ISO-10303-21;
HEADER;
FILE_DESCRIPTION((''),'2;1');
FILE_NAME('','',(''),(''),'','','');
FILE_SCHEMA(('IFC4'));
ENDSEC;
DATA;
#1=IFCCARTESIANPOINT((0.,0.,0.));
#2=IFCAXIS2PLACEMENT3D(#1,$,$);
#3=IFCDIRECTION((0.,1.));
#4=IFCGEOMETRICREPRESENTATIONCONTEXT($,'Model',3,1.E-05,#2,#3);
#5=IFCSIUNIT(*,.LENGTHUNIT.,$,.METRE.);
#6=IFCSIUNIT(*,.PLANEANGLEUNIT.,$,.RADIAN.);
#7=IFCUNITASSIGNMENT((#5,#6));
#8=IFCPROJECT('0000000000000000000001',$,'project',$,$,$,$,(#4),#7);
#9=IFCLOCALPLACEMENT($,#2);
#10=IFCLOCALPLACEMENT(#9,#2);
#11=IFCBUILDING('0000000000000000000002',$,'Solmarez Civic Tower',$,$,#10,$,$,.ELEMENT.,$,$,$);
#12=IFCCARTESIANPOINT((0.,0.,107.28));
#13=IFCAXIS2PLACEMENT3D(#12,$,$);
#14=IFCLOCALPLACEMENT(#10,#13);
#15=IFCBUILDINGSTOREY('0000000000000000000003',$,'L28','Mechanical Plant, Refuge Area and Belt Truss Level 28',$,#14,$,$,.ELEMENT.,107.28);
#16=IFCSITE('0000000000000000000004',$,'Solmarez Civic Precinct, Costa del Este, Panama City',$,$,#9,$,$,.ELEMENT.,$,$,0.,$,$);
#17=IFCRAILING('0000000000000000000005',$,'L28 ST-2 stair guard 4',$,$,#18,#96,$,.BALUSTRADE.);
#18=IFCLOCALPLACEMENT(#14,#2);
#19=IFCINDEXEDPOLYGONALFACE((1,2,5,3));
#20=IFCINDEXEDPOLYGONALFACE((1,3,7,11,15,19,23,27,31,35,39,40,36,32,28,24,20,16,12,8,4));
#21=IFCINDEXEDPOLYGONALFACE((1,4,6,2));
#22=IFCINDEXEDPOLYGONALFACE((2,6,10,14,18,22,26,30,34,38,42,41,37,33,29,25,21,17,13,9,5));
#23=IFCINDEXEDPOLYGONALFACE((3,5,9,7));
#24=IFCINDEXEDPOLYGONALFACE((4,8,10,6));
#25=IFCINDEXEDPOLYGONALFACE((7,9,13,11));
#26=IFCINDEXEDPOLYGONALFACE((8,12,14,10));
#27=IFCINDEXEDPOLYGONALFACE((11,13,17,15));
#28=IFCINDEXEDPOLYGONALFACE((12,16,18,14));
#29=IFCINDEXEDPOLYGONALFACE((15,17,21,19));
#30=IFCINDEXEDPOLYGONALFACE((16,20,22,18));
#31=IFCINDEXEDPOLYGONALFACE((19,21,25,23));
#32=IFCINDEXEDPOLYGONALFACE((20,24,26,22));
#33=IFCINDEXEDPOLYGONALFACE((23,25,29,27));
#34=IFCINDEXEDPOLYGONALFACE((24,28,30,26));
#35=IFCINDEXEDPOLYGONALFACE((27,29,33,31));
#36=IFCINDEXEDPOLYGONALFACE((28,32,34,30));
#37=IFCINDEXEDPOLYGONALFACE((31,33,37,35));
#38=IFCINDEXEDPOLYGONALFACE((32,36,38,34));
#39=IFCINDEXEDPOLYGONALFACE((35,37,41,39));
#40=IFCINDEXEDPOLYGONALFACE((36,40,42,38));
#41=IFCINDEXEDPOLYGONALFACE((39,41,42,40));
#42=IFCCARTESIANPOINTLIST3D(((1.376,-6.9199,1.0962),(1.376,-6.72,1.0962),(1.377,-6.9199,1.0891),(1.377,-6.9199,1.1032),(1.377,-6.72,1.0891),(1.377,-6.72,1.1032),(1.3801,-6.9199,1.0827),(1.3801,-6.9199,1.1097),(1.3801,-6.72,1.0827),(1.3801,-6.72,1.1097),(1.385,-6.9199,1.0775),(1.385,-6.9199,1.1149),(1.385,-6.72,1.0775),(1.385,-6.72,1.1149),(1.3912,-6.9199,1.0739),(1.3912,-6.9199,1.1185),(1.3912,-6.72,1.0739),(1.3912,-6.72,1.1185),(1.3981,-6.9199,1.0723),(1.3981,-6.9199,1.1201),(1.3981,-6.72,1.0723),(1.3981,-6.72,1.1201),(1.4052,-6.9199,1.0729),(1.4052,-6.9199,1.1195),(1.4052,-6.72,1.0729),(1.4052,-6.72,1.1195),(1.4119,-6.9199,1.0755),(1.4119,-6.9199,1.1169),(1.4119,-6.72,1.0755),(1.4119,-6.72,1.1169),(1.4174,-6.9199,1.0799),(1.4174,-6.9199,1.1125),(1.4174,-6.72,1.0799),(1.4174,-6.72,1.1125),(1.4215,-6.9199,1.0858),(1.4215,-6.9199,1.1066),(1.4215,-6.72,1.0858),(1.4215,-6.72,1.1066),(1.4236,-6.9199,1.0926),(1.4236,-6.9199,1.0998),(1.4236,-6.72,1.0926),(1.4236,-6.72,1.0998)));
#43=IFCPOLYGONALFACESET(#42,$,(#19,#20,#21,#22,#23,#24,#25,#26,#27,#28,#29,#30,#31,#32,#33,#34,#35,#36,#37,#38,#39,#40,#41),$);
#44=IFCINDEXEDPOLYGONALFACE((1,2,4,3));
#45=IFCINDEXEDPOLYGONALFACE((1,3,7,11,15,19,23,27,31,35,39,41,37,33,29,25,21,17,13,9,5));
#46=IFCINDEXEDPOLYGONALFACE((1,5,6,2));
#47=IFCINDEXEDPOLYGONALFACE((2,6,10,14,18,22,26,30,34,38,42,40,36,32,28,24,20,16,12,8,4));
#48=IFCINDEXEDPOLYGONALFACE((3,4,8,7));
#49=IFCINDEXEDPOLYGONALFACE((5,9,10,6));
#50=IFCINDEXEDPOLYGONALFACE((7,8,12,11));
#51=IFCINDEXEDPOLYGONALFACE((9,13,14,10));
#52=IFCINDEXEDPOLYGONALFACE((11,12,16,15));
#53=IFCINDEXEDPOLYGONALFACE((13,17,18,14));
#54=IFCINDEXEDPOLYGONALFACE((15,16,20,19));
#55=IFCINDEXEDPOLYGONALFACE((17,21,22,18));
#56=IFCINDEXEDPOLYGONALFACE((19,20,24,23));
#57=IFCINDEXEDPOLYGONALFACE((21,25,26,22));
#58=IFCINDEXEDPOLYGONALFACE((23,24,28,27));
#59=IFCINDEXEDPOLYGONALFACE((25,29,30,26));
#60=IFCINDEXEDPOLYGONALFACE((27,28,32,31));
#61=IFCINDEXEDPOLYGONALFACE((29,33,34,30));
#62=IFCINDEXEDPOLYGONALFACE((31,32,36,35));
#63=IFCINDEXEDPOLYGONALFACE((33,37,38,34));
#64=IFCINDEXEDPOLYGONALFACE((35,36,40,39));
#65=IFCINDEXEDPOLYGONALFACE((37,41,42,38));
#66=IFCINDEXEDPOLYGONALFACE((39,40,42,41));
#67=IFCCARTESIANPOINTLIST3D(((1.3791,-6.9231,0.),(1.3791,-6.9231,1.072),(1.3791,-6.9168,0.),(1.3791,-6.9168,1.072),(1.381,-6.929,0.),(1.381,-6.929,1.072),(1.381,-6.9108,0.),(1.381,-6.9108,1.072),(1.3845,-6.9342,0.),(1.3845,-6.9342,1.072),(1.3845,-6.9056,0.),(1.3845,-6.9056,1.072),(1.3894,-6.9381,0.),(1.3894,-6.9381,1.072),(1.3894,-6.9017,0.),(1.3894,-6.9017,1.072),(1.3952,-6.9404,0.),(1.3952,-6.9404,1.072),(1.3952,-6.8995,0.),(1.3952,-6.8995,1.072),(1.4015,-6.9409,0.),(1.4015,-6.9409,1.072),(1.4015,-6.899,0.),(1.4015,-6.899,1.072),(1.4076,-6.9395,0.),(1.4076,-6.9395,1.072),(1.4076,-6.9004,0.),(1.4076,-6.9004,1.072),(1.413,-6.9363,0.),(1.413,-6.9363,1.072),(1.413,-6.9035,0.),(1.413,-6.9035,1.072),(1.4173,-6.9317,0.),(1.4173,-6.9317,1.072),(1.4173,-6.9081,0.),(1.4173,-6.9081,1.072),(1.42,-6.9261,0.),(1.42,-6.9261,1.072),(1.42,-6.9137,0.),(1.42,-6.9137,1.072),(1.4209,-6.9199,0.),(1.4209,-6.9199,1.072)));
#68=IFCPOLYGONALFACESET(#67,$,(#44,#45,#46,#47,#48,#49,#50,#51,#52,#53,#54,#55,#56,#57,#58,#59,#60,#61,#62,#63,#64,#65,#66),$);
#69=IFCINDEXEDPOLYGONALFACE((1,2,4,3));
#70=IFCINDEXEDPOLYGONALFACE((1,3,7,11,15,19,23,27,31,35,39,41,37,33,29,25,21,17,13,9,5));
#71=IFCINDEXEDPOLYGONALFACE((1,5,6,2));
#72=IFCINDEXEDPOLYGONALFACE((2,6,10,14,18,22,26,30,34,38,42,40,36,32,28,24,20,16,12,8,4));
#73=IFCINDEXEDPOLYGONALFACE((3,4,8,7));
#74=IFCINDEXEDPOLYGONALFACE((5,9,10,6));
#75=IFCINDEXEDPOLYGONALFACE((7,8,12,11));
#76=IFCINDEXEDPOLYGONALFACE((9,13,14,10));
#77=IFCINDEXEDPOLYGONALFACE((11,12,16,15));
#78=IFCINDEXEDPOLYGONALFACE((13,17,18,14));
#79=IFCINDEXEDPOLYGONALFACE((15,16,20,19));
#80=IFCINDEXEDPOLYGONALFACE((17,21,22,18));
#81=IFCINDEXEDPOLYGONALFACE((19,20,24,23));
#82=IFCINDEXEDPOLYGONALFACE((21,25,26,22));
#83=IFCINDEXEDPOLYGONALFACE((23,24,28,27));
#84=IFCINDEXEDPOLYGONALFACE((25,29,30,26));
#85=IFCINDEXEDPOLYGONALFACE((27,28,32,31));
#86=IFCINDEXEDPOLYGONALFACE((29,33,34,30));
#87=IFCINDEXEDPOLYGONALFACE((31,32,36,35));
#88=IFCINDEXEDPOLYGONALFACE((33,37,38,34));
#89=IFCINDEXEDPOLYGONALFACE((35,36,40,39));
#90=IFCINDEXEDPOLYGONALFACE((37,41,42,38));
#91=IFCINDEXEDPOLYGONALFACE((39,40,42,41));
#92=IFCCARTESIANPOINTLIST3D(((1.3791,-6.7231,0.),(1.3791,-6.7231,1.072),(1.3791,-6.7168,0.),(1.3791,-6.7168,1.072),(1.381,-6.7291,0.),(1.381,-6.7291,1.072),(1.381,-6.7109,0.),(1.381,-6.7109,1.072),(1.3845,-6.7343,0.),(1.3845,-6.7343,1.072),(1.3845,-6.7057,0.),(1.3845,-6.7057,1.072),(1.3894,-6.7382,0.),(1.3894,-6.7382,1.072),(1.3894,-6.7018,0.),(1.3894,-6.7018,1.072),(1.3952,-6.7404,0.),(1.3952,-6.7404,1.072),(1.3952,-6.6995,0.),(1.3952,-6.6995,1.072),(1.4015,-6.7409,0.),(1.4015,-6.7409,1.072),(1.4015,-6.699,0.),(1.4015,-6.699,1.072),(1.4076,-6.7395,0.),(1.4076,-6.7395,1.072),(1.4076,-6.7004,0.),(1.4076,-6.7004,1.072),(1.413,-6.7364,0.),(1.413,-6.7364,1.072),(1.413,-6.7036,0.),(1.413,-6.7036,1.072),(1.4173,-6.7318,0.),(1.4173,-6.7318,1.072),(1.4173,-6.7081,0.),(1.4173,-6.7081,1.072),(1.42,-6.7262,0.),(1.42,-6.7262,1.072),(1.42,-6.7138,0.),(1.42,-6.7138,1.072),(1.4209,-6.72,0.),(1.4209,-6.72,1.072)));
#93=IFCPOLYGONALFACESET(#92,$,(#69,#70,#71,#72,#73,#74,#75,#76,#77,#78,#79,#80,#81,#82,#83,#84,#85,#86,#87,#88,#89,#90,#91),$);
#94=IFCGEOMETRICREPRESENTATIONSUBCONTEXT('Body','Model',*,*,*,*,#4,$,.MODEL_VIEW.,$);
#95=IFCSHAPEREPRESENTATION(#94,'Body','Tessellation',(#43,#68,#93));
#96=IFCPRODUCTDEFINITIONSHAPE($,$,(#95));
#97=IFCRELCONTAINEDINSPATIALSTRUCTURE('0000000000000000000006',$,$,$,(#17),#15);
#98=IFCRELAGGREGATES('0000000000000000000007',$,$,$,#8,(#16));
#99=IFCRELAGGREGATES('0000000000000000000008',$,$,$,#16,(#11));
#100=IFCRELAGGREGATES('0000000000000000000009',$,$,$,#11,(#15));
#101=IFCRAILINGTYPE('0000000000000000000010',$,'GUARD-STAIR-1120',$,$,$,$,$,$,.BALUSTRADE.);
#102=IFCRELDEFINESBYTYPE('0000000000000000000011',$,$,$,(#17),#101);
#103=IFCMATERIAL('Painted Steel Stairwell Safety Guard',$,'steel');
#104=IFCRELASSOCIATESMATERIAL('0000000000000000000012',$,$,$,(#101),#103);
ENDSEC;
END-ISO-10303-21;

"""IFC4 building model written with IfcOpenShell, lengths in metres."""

from ifc_helpers import new_model, si_unit, direction, frame, origin, origin_2d, place, context, subcontext, project, spatial, circle, extrude, material, type_object, element, save


model = new_model("IFC4")

# Units and contexts
model_context = context("Model", 3, precision=1e-05, world=origin(), true_north=direction((0.0, 1.0)))
body_context = subcontext(model_context, "Body", "Model", "MODEL_VIEW")
ifc_project = project(units=[si_unit("LENGTHUNIT", "METRE"), si_unit("PLANEANGLEUNIT", "RADIAN")], contexts=[model_context])

# Site, building, storey
site_placement = place(None, origin())
site = spatial("IfcSite", under=ifc_project, at=site_placement, Name="Solmarez Civic Precinct, Costa del Este, Panama City", CompositionType="ELEMENT", RefElevation=0.0)
building_placement = place(site_placement, origin())
building = spatial("IfcBuilding", under=site, at=building_placement, Name="Solmarez Civic Tower", CompositionType="ELEMENT")
storey_placement = place(building_placement, frame((0.0, 0.0, 107.28)))
storey = spatial("IfcBuildingStorey", under=building, at=storey_placement, Name="L28", Description="Mechanical Plant, Refuge Area and Belt Truss Level 28", CompositionType="ELEMENT", Elevation=107.28)

# Railing
ifc_material_1 = material(Name="Painted Steel Stairwell Safety Guard", Category="steel")
railing_type_1 = type_object("IfcRailingType", Name="GUARD-STAIR-1120", PredefinedType="BALUSTRADE", material=ifc_material_1)
railing_1_placement = place(storey_placement, frame((1.3999, -6.9199, 0.0)))
element("IfcRailing", 1, at=railing_1_placement, inside=storey, type_object=railing_type_1, Name="L28 ST-2 stair guard 4", PredefinedType="BALUSTRADE", context=body_context, shape_type="SweptSolid", body=[
    extrude(circle(Radius=0.0239, at=origin_2d()), frame((0.0, 0.0, 1.0962), z_axis=(0.0, 1.0, 0.0), x_axis=(-1.0, 0.0, 0.0)), (0.0, 0.0, 1.0), 0.2),
    extrude(circle(Radius=0.021, at=origin_2d()), origin(), (0.0, 0.0, 1.0), 1.072),
    extrude(circle(Radius=0.021, at=origin_2d()), frame((0.0, 0.2, 0.0)), (0.0, 0.0, 1.0), 1.072),
])

save(model, "model.ifc")
